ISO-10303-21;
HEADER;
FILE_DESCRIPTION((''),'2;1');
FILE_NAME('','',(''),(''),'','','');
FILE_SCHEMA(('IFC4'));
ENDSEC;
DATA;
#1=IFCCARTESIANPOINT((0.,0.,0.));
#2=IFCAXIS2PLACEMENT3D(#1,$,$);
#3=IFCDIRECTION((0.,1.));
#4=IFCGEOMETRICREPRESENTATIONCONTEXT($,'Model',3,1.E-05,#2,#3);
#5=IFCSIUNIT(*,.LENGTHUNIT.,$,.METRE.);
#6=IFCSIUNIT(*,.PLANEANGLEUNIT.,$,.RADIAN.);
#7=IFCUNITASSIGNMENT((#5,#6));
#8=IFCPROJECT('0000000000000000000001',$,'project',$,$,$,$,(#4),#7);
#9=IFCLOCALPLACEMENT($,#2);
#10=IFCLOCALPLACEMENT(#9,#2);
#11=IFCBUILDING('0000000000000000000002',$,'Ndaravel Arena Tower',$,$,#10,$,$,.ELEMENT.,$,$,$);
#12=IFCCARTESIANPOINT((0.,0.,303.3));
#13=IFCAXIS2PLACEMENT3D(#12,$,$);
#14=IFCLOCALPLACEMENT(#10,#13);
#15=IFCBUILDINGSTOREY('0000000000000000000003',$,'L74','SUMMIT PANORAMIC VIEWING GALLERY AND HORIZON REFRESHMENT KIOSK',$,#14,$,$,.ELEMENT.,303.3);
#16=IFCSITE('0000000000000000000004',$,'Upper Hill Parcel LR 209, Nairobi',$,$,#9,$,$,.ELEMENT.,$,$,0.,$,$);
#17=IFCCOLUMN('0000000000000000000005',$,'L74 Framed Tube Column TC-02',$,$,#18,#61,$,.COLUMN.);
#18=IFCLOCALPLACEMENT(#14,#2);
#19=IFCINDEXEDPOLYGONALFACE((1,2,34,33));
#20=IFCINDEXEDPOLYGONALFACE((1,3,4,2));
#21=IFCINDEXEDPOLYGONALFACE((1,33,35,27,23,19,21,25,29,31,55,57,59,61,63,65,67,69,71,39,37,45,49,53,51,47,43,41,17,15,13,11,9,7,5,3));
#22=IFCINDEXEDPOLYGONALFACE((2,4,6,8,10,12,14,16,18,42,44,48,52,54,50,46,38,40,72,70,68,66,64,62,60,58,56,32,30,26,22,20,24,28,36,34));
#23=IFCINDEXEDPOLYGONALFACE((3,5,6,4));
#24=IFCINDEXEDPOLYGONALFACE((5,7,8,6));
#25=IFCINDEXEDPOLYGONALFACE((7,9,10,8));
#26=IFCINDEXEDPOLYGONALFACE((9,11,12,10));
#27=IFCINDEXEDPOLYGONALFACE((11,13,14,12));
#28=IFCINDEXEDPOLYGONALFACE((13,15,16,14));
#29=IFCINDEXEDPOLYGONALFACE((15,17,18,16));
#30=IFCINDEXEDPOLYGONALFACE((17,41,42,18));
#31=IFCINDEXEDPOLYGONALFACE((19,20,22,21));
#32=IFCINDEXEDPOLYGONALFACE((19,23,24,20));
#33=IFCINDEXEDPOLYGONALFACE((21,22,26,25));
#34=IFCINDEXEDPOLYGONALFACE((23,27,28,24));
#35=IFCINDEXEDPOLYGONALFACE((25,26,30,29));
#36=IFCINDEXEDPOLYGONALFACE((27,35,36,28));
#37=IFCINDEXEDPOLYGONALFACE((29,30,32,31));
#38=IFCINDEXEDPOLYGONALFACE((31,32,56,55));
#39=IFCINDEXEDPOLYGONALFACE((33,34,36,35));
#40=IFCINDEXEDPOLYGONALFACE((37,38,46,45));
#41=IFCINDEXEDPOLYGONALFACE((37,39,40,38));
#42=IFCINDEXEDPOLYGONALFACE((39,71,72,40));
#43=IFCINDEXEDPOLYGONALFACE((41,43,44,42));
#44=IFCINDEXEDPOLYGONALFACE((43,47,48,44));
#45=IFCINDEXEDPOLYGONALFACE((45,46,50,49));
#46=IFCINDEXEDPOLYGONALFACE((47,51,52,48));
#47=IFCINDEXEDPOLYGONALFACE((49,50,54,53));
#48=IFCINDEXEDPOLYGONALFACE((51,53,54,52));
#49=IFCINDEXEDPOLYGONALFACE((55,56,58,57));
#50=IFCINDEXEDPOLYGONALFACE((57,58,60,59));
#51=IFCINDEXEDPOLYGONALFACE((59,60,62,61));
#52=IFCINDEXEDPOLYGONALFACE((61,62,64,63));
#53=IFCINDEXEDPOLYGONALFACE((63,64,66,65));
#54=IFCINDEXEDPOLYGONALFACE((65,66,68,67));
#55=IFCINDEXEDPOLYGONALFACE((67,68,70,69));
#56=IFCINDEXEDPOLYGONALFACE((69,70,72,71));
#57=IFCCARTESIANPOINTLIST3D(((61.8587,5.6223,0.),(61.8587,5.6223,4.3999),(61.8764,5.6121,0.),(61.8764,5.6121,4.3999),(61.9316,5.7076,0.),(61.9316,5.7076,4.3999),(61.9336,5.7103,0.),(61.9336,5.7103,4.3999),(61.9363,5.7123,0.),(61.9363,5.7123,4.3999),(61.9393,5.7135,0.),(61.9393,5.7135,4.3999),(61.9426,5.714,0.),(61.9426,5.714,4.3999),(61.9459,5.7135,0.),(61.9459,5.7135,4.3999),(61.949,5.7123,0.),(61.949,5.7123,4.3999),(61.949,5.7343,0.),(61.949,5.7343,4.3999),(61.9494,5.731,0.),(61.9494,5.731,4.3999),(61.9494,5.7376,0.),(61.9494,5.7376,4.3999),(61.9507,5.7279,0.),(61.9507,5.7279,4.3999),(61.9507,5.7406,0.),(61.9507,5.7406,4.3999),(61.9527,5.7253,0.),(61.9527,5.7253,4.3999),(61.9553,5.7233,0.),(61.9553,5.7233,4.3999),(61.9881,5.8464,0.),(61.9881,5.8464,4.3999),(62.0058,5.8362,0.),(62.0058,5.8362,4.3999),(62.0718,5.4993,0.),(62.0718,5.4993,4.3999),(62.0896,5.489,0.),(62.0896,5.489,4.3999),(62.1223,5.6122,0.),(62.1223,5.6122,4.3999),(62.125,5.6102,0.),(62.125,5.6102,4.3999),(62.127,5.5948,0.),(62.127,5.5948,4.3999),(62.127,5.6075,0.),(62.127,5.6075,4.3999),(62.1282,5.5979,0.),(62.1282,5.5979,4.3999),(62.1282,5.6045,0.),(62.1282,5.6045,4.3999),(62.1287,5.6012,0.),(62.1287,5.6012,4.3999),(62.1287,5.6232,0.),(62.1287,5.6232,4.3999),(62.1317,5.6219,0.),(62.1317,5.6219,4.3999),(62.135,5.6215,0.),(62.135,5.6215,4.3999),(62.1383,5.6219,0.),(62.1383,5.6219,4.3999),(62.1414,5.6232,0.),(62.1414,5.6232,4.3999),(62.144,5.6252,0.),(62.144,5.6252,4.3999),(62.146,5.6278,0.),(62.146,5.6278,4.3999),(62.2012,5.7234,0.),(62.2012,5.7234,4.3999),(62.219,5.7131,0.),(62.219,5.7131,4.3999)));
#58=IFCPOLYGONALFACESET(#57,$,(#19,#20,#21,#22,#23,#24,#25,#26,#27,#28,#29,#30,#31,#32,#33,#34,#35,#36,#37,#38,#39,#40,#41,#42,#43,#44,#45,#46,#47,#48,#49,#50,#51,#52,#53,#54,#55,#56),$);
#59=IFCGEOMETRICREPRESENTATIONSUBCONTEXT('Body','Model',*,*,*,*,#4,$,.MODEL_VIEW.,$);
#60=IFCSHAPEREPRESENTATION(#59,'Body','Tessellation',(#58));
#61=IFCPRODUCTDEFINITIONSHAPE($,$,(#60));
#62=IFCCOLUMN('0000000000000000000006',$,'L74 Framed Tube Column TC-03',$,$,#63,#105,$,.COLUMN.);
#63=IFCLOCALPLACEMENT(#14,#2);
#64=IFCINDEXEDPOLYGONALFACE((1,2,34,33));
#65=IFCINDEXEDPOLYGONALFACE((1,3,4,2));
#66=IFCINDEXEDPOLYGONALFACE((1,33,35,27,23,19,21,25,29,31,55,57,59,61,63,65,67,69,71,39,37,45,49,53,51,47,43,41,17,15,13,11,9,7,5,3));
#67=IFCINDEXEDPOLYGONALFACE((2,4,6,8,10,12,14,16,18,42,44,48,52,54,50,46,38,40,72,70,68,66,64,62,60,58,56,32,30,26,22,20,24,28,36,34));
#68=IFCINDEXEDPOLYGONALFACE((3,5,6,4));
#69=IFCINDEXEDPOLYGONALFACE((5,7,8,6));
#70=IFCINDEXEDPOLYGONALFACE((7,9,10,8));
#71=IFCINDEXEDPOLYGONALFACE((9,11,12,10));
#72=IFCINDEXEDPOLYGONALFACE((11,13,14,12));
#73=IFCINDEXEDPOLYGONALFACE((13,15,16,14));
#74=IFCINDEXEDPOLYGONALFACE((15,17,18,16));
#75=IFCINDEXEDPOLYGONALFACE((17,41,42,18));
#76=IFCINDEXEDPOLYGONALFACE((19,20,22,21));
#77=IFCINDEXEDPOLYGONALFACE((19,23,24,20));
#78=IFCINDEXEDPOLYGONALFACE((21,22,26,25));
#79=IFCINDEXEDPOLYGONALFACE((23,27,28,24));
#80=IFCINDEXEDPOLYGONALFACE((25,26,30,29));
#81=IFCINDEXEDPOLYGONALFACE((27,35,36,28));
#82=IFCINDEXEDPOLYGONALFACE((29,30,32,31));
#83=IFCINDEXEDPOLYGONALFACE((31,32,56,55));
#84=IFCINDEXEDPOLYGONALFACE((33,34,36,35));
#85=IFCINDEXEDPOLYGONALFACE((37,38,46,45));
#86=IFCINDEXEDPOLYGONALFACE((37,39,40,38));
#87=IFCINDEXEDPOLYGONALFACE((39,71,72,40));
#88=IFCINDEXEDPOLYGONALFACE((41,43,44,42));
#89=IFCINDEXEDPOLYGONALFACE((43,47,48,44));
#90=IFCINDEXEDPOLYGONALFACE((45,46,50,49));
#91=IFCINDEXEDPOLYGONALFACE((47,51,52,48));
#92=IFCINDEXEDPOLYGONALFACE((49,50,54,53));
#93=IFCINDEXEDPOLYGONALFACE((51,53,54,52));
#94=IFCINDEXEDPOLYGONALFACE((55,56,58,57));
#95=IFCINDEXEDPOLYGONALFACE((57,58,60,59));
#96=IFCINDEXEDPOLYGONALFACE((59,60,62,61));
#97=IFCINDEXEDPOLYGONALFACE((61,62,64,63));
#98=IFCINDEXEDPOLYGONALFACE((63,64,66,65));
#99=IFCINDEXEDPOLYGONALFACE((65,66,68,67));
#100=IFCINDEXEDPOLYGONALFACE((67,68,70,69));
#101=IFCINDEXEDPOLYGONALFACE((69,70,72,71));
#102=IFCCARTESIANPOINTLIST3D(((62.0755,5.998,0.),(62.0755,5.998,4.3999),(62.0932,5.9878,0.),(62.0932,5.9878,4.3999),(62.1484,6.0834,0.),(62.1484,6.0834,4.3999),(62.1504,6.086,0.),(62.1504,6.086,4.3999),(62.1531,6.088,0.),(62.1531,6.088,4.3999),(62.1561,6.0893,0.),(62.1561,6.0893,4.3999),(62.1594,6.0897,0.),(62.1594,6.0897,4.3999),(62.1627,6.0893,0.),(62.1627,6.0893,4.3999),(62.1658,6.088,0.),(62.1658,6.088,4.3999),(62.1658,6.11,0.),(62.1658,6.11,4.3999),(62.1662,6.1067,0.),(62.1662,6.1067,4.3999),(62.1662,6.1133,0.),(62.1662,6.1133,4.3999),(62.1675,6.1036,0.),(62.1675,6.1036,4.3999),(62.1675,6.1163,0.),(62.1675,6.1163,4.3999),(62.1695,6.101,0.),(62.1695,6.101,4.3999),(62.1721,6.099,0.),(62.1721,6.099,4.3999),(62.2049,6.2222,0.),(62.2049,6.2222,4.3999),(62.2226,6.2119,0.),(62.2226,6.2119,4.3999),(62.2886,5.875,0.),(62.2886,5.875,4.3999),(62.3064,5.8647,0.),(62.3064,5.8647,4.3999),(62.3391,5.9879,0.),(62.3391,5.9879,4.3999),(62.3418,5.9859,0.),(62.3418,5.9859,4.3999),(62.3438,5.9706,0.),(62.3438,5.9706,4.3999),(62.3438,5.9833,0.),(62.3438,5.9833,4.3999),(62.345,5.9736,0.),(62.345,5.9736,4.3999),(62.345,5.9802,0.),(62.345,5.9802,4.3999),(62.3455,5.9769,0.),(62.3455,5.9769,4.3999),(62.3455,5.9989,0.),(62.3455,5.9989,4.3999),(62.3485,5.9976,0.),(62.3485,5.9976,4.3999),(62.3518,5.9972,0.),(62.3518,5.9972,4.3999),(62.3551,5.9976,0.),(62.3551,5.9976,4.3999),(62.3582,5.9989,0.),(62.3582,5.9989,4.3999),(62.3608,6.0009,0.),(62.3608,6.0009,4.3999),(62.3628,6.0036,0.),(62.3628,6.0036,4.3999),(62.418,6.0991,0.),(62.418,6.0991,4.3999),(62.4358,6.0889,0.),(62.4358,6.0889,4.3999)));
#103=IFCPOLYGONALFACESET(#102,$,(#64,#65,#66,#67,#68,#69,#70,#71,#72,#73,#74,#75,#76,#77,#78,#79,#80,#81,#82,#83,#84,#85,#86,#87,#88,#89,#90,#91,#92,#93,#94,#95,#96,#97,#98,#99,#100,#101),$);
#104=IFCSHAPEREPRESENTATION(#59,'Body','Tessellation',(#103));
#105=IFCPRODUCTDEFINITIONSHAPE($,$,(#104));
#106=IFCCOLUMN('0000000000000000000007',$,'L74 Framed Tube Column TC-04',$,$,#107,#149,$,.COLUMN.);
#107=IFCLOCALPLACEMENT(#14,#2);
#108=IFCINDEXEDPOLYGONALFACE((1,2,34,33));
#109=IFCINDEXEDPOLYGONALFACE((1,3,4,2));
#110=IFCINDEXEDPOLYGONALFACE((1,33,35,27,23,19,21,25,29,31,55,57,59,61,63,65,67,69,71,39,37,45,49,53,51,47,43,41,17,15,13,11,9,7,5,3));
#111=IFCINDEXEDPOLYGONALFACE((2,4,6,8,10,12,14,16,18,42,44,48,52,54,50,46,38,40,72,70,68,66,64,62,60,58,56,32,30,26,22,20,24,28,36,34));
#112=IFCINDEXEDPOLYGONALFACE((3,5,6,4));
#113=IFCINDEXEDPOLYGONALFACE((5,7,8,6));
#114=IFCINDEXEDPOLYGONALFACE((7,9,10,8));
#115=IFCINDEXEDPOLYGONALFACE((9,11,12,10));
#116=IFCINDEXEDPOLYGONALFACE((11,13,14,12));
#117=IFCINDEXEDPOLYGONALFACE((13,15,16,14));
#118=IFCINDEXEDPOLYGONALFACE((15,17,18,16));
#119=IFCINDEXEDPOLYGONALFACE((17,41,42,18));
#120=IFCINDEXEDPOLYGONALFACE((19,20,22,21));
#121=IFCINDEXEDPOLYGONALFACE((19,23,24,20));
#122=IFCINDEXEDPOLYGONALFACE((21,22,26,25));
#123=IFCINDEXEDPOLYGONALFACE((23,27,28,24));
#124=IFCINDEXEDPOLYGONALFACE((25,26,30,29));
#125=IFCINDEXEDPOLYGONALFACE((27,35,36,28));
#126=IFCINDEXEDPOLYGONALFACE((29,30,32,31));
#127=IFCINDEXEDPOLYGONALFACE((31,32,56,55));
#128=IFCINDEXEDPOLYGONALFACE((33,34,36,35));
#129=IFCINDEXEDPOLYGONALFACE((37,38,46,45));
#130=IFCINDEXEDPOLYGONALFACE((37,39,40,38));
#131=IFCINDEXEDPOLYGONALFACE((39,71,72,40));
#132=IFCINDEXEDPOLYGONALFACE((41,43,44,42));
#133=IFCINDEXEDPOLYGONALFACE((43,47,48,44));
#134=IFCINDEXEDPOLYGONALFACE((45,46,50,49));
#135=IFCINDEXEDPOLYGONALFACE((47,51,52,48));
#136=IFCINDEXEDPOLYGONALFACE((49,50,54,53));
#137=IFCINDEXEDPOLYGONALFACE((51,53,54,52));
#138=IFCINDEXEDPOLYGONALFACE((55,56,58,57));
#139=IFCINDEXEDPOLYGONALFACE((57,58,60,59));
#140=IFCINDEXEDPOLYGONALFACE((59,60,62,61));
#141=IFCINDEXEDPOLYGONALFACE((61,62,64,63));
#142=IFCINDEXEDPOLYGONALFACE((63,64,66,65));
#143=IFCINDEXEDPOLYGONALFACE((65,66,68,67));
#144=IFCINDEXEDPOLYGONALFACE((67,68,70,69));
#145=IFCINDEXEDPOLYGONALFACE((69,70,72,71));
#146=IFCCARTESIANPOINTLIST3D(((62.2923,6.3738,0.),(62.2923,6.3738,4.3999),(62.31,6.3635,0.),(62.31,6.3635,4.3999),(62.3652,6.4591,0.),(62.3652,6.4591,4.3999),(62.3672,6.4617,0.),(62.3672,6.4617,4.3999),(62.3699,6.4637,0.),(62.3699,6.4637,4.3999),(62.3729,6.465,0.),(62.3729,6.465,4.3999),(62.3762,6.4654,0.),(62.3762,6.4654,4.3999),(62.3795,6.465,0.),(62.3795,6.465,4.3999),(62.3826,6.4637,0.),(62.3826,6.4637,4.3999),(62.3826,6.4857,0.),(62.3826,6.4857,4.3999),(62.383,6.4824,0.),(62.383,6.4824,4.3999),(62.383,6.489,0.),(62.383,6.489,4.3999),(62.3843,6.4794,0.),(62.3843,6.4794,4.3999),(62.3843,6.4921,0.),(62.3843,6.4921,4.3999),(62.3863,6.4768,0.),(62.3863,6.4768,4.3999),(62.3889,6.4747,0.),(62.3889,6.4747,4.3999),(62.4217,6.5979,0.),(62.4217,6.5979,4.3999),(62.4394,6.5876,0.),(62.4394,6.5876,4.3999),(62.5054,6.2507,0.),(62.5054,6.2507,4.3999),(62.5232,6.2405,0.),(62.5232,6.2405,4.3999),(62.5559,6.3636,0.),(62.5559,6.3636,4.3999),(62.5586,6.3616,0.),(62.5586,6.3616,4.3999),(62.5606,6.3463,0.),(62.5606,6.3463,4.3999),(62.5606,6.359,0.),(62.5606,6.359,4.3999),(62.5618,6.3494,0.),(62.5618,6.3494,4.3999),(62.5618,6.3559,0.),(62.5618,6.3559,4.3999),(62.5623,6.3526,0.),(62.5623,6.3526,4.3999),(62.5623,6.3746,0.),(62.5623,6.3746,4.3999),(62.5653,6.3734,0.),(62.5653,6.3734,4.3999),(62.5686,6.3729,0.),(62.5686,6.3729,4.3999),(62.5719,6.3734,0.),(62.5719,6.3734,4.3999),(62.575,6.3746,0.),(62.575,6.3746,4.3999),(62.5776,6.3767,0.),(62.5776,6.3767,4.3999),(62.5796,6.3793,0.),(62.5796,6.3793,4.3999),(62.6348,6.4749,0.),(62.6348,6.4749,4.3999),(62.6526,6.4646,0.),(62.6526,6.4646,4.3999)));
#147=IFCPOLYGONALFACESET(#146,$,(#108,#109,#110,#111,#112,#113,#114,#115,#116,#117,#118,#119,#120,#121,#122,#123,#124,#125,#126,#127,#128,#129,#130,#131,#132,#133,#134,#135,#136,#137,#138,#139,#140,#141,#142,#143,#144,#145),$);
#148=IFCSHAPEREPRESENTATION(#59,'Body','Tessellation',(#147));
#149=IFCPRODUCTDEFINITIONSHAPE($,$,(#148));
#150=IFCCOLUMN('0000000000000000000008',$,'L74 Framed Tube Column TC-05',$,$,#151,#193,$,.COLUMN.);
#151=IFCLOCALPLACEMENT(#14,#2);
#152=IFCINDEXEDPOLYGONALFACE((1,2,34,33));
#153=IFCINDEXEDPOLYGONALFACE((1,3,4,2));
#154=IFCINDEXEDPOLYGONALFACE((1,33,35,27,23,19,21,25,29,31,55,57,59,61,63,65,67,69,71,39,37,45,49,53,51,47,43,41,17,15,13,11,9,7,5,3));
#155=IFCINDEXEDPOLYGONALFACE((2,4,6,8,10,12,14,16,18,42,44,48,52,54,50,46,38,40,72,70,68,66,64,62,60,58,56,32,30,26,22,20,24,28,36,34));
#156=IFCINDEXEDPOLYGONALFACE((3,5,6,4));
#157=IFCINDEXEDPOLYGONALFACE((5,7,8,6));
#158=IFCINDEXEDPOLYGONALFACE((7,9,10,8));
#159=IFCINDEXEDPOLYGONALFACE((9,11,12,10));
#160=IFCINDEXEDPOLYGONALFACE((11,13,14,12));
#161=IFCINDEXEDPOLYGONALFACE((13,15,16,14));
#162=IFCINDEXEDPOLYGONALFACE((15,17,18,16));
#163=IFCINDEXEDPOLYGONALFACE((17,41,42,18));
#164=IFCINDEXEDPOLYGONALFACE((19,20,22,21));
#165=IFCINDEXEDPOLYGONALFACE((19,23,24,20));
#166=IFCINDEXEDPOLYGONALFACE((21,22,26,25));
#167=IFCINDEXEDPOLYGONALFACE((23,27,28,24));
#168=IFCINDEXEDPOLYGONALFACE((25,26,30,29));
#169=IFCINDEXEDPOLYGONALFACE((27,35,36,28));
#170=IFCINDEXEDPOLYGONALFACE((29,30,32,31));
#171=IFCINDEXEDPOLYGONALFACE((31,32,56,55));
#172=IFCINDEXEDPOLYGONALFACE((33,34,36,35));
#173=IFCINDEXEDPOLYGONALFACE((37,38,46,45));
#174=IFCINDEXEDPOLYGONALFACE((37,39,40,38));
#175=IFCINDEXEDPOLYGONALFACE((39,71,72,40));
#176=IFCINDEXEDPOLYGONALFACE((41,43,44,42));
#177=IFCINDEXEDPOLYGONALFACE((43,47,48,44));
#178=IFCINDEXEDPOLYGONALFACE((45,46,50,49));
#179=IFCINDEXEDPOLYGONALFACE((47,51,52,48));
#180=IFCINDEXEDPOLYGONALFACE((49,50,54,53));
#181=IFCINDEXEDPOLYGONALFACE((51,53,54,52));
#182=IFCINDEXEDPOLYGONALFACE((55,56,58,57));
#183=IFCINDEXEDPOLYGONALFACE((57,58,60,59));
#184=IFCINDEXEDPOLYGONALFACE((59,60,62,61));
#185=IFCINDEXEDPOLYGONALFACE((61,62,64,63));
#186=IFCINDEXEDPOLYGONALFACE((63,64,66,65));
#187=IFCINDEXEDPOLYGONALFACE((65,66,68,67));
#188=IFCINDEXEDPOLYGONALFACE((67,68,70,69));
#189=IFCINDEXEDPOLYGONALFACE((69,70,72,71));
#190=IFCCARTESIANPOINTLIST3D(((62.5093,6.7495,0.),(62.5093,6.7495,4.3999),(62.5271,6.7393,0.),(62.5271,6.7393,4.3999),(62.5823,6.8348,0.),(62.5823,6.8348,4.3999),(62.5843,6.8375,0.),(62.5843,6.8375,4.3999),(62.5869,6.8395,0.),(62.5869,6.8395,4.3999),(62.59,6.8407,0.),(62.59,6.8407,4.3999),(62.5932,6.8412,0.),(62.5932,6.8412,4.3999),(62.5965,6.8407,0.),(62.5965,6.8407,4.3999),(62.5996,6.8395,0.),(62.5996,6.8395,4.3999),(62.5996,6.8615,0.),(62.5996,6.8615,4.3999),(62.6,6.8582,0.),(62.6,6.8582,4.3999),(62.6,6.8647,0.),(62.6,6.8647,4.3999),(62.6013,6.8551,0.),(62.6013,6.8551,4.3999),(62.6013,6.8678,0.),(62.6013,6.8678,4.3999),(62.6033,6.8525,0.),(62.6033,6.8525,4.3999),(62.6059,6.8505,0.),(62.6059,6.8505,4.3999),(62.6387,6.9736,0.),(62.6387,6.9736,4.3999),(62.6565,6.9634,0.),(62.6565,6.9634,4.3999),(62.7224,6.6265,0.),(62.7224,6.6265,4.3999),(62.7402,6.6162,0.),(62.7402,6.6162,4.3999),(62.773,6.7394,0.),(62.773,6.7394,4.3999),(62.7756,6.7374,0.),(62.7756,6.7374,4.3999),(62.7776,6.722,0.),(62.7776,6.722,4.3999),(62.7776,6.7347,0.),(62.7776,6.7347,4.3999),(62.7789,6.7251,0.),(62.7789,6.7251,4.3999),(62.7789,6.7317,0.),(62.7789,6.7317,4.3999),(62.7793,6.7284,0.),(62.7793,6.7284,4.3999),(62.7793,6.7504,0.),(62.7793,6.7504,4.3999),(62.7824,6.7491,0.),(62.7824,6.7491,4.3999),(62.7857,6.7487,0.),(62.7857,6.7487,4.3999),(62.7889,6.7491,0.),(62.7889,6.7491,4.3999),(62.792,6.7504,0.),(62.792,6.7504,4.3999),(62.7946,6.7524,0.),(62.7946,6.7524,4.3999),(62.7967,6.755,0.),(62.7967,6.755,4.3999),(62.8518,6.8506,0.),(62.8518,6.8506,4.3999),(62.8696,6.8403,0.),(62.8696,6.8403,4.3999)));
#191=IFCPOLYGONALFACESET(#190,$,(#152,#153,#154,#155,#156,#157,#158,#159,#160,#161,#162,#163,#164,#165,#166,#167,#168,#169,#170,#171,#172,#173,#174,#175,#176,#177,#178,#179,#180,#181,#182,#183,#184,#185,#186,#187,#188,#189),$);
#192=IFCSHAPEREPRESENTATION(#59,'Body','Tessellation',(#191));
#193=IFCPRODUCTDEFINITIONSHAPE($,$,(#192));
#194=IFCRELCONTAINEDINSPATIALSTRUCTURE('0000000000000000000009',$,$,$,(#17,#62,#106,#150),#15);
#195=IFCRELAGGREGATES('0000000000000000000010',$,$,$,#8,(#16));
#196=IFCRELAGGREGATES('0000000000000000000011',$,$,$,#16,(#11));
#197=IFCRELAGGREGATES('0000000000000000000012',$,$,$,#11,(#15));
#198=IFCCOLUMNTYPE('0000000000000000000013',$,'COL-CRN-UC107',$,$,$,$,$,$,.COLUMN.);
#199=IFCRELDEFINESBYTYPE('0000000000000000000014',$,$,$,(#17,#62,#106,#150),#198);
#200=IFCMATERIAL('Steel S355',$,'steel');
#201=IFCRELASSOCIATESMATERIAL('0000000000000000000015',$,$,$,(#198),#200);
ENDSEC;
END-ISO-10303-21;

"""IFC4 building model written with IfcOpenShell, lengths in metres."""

from ifc_helpers import new_model, si_unit, direction, frame, origin, origin_2d, place, context, subcontext, project, spatial, i_section, extrude, material, material_profile, profile_set, type_object, element, save


model = new_model("IFC4")

# Units and contexts
model_context = context("Model", 3, precision=1e-05, world=origin(), true_north=direction((0.0, 1.0)))
body_context = subcontext(model_context, "Body", "Model", "MODEL_VIEW")
ifc_project = project(units=[si_unit("LENGTHUNIT", "METRE"), si_unit("PLANEANGLEUNIT", "RADIAN")], contexts=[model_context])

# Site, building, storey
site_placement = place(None, origin())
site = spatial("IfcSite", under=ifc_project, at=site_placement, Name="Upper Hill Parcel LR 209, Nairobi", CompositionType="ELEMENT", RefElevation=0.0)
building_placement = place(site_placement, origin())
building = spatial("IfcBuilding", under=site, at=building_placement, Name="Ndaravel Arena Tower", CompositionType="ELEMENT")
storey_placement = place(building_placement, frame((0.0, 0.0, 303.3)))
storey = spatial("IfcBuildingStorey", under=building, at=storey_placement, Name="L74", Description="SUMMIT PANORAMIC VIEWING GALLERY AND HORIZON REFRESHMENT KIOSK", CompositionType="ELEMENT", Elevation=303.3)

# Columns
ifc_material_1 = material(Name="Steel S355", Category="steel")
ifc_material_profile_1 = material_profile(ifc_material_1, i_section(OverallWidth=0.2588, OverallDepth=0.2666, WebThickness=0.0127, FlangeThickness=0.0205, FilletRadius=0.0127, at=origin_2d()), Name="UC 254x254x107")
ifc_profile_set_1 = profile_set([ifc_material_profile_1], Name="Steel S355")
column_type = type_object("IfcColumnType", Name="COL-CRN-UC107", PredefinedType="COLUMN", material=ifc_profile_set_1)
for number, where, z_axis, x_axis, name in (
    (1, (62.0388, 5.6677, 0.0), (0.0, 0.0, 1.0), (0.5, 0.866025, 0.0), "L74 Framed Tube Column TC-02"),
    (2, (62.2556, 6.0435, 0.0), (0.0, 0.0, 1.0), (0.5, 0.866025, 0.0), "L74 Framed Tube Column TC-03"),
    (3, (62.4724, 6.4192, 0.0), (0.0, 0.0, 1.0), (0.5, 0.866025, 0.0), "L74 Framed Tube Column TC-04"),
    (4, (62.6895, 6.7949, 0.0), (0.0, 0.0, 1.0), (0.5, 0.866025, 0.0), "L74 Framed Tube Column TC-05"),
):
    element("IfcColumn", number, at=place(storey_placement, frame(where, z_axis=z_axis, x_axis=x_axis)), inside=storey, type_object=column_type, Name=name, PredefinedType="COLUMN", context=body_context, shape_type="SweptSolid", body=[
        extrude(i_section(OverallWidth=0.2588, OverallDepth=0.2666, WebThickness=0.0127, FlangeThickness=0.0205, FilletRadius=0.0127, at=origin_2d()), origin(), (0.0, 0.0, 1.0), 4.3999),
    ])

save(model, "model.ifc")
